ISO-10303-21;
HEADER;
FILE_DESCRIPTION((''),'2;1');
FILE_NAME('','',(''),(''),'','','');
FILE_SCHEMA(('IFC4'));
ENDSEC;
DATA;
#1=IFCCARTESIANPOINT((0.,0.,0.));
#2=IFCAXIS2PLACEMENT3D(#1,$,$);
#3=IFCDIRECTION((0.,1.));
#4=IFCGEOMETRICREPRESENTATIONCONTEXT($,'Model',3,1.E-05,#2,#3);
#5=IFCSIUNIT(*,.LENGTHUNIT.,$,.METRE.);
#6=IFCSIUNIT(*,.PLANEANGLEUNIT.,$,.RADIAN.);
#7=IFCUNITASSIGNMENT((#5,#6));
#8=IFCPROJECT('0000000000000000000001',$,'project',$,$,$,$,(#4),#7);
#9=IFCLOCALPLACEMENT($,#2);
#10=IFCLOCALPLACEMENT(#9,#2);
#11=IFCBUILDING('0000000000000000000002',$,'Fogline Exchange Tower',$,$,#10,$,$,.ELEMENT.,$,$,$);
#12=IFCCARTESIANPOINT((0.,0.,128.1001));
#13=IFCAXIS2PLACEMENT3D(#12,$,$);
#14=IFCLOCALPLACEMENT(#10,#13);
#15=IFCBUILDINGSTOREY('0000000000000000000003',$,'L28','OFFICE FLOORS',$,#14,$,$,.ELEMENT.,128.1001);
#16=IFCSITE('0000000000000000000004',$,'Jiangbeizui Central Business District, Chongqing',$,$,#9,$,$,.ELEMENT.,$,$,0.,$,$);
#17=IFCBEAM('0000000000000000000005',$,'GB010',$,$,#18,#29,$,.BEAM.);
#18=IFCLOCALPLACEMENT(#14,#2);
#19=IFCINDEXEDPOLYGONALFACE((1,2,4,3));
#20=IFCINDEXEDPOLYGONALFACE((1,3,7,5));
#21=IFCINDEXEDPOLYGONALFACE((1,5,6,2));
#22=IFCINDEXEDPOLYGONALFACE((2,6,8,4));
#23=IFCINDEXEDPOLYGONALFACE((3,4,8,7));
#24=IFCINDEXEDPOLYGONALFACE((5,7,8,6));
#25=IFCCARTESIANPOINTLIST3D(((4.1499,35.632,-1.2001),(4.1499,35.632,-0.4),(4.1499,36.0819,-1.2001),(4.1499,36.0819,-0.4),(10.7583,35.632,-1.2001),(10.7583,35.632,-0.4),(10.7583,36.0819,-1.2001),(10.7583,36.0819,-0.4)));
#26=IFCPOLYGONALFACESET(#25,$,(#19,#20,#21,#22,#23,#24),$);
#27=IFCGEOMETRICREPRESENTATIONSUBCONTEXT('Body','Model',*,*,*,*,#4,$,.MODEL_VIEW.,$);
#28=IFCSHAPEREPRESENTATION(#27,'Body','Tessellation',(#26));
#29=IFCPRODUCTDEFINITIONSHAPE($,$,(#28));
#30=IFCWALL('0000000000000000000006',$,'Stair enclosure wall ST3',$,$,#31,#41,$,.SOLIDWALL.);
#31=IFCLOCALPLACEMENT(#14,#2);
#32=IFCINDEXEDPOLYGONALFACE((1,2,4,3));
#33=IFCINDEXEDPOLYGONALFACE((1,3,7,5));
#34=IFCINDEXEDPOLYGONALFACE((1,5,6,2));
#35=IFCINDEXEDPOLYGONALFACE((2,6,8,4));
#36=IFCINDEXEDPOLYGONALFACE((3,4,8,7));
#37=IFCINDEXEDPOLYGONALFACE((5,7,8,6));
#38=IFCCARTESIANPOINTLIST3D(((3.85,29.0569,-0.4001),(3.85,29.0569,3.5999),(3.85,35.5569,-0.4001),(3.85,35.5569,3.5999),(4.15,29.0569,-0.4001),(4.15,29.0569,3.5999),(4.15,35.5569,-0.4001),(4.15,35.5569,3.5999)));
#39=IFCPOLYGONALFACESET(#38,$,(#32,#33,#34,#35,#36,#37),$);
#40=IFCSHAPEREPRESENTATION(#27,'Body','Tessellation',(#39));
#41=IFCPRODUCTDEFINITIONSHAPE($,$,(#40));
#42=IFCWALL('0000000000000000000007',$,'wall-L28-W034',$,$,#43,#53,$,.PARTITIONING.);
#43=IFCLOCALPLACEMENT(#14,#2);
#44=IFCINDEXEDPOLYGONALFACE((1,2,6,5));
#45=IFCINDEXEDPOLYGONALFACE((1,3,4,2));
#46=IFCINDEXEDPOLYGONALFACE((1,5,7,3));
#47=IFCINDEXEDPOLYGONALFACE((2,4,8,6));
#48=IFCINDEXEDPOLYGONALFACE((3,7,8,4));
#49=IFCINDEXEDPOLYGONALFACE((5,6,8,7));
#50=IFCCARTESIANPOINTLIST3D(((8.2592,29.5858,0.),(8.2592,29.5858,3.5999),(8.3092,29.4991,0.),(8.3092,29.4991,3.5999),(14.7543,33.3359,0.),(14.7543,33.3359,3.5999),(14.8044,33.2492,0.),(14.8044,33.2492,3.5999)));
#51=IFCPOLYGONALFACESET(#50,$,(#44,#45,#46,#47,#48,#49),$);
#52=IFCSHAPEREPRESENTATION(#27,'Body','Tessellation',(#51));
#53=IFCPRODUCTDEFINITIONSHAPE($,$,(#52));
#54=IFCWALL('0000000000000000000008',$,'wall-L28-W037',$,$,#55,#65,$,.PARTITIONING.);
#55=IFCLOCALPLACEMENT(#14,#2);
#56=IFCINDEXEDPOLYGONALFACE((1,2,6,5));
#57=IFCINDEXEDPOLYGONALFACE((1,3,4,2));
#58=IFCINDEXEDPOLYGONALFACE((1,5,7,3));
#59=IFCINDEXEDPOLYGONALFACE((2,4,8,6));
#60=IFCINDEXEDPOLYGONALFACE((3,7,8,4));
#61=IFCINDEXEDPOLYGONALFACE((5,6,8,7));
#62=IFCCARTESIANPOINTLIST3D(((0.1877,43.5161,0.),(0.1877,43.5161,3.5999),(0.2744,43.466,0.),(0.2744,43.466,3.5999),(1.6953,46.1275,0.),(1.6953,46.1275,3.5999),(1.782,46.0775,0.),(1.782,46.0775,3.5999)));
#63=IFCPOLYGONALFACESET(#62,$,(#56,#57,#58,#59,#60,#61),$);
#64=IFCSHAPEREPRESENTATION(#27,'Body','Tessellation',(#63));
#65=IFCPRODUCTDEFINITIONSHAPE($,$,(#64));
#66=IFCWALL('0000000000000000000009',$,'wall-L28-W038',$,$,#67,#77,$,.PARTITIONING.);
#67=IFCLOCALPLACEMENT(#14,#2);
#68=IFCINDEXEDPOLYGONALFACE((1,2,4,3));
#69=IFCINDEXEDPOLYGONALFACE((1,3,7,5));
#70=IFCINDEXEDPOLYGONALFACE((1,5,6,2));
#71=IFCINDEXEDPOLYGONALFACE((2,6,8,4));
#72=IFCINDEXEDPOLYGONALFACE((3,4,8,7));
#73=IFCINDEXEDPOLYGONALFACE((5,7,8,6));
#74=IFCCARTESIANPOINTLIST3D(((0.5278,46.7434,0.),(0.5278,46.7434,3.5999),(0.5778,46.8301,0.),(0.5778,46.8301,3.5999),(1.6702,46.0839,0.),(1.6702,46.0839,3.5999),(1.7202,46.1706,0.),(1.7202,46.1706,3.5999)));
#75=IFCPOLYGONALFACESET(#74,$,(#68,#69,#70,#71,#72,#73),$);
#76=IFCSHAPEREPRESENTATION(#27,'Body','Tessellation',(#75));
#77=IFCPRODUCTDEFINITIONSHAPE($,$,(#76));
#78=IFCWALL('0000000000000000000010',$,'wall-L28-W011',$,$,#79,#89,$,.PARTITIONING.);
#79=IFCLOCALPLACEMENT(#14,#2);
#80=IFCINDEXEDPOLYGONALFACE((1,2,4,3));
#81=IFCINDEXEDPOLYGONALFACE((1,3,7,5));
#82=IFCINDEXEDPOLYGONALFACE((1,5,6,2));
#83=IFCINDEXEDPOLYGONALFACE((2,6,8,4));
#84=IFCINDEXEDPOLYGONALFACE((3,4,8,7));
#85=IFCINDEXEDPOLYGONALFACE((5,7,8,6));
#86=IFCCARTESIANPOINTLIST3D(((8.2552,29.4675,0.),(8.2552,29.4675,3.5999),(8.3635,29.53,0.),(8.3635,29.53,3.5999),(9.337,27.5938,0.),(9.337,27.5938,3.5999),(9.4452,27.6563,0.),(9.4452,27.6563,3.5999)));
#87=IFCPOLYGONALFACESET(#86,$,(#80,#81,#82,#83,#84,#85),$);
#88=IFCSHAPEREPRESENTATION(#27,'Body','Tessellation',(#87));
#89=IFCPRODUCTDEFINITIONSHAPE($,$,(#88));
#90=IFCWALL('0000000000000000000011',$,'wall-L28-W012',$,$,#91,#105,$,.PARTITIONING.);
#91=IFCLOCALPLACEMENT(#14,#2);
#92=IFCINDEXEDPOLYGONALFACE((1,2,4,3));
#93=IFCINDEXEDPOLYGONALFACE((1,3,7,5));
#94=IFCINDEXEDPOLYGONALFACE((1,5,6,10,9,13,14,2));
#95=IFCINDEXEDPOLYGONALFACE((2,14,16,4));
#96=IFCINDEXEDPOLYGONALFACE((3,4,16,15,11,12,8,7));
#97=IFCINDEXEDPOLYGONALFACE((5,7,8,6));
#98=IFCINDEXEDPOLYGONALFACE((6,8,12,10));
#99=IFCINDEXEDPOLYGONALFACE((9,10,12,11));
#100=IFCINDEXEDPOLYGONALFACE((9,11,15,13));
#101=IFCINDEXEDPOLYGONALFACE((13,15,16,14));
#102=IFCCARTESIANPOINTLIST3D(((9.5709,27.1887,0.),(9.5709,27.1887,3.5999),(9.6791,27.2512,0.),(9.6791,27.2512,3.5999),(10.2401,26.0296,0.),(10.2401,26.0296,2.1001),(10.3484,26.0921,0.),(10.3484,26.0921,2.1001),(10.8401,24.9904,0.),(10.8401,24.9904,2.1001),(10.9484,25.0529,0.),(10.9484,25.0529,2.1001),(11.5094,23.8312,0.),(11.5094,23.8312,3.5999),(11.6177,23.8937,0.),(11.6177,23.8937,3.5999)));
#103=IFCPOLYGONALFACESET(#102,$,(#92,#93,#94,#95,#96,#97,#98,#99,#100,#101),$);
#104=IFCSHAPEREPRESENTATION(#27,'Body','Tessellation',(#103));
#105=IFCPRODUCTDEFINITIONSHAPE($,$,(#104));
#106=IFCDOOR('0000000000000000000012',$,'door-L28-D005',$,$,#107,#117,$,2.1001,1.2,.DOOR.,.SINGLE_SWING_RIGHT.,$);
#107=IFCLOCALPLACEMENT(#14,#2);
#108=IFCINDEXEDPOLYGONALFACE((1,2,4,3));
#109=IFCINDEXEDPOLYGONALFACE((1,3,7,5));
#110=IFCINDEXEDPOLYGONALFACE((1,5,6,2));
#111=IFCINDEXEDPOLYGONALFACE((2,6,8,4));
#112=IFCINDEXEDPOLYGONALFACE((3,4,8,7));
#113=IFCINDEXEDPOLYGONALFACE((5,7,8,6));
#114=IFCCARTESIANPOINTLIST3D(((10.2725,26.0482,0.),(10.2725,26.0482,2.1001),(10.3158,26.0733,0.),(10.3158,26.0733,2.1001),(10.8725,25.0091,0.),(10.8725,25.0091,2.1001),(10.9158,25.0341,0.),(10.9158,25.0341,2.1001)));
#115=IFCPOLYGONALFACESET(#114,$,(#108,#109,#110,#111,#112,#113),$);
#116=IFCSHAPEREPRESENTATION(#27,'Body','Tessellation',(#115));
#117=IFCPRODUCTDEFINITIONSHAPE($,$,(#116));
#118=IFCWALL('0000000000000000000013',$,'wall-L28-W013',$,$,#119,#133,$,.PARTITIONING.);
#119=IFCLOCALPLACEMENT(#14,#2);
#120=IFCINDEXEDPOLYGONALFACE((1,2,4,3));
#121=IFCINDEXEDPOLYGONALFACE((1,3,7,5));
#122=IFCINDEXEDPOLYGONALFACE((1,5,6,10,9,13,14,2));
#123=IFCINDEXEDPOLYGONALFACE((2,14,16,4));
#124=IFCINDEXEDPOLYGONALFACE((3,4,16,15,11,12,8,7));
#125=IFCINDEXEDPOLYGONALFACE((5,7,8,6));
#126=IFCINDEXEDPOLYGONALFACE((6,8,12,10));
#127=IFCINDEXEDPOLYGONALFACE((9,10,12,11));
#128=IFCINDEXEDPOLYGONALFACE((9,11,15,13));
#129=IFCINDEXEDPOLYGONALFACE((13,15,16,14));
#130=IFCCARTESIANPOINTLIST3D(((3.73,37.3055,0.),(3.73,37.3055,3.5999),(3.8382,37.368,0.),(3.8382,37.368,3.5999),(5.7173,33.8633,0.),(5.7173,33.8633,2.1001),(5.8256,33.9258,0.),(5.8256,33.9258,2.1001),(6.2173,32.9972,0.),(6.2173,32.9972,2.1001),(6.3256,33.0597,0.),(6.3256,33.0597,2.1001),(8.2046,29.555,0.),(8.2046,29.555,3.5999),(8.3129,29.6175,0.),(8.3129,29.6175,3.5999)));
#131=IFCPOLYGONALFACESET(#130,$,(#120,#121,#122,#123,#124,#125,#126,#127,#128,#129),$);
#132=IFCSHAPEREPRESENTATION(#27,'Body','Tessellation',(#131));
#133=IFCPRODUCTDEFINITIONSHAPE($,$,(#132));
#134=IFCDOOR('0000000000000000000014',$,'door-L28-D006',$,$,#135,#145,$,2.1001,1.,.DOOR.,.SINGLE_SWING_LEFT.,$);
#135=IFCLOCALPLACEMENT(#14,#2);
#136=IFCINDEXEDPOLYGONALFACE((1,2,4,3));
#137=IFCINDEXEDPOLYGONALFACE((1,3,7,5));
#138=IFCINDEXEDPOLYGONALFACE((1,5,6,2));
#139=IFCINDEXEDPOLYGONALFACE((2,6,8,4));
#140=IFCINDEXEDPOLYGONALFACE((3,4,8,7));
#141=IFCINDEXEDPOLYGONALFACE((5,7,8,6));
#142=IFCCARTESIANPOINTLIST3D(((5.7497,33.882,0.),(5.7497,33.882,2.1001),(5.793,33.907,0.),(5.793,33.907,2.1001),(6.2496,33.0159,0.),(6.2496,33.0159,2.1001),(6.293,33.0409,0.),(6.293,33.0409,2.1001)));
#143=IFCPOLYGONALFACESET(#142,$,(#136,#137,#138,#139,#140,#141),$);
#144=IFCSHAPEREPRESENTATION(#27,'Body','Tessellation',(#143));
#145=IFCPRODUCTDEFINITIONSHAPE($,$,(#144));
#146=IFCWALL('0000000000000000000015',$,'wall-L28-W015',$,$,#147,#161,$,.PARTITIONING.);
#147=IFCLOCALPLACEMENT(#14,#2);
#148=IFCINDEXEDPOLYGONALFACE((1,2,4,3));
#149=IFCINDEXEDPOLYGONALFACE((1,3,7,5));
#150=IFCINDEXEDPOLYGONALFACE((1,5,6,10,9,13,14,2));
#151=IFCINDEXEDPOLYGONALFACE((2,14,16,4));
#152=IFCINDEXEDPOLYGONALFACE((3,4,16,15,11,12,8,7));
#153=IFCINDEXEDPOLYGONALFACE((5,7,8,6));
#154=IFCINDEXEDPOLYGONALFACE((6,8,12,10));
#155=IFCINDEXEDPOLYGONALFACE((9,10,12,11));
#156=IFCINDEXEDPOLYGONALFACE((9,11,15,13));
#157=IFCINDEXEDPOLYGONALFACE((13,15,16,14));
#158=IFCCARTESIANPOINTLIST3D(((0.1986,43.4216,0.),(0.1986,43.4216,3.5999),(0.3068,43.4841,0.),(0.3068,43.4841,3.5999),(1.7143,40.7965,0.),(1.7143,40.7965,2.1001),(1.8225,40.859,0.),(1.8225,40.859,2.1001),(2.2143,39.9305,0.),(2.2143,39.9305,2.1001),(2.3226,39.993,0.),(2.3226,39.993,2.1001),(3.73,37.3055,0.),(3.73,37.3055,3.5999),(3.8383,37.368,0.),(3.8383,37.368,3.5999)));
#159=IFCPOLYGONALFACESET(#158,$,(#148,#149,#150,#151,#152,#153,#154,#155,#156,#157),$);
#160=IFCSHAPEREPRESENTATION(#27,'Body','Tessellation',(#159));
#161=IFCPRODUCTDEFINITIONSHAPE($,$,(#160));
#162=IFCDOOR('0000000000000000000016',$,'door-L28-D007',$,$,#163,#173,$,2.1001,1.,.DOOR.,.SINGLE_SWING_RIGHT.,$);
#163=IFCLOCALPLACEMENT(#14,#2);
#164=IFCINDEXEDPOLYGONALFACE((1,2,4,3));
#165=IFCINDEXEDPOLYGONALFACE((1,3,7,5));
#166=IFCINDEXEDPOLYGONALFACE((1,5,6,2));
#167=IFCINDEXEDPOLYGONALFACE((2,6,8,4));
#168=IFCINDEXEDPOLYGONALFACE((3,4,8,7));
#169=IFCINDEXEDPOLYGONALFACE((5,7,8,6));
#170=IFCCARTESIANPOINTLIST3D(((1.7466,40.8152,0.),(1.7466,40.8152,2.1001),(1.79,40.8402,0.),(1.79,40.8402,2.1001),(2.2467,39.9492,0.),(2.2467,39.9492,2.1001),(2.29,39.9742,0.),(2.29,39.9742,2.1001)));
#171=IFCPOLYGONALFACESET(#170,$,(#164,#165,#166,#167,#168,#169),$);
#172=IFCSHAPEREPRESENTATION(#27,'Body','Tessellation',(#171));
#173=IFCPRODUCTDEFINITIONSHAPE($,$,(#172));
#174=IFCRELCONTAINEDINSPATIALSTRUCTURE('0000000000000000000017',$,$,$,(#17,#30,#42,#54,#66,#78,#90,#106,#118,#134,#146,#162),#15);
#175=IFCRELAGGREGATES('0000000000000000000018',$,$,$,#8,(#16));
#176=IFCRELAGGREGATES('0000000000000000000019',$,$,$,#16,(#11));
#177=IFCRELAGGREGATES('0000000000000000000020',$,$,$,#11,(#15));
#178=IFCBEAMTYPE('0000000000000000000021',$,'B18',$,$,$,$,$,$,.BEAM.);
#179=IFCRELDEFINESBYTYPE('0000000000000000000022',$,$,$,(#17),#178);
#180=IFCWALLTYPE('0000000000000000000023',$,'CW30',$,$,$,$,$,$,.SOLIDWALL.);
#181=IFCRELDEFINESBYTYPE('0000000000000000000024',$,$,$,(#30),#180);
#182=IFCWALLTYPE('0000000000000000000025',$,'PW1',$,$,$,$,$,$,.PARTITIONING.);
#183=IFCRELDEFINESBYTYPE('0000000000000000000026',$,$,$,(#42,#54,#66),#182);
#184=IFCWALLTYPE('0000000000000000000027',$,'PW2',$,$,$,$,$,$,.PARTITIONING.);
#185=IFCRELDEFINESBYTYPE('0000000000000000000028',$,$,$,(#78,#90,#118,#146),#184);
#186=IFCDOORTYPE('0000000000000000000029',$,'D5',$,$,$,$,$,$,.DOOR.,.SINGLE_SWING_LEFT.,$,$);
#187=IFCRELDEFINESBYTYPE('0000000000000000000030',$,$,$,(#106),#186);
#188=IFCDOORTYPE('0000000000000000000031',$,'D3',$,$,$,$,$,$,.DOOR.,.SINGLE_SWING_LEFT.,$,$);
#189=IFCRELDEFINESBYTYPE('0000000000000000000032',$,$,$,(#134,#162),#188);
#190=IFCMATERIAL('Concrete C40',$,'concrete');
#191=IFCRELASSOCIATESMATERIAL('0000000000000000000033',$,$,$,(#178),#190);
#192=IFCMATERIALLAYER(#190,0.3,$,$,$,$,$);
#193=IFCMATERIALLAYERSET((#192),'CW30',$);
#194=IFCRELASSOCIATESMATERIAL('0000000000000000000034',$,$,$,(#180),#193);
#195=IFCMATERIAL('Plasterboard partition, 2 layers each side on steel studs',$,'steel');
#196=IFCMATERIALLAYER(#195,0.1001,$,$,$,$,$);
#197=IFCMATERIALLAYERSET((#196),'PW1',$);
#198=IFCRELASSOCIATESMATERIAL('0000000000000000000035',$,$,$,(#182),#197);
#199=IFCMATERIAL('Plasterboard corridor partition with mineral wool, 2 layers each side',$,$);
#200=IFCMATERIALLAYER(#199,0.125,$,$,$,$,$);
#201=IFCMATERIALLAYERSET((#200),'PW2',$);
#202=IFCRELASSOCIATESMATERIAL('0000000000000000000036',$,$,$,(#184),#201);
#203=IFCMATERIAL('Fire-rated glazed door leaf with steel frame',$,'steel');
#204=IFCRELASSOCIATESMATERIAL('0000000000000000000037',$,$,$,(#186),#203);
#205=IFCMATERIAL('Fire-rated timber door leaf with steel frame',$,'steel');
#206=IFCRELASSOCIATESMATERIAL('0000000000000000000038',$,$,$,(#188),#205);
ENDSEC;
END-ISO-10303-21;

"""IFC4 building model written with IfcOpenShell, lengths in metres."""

from ifc_helpers import new_model, si_unit, direction, frame, frame_2d, origin, origin_2d, place, context, subcontext, project, spatial, rectangle, extrude, material, layer, layer_set, material_profile, profile_set, type_object, element, fill, save


model = new_model("IFC4")

# Units and contexts
model_context = context("Model", 3, precision=1e-05, world=origin(), true_north=direction((0.0, 1.0)))
body_context = subcontext(model_context, "Body", "Model", "MODEL_VIEW")
ifc_project = project(units=[si_unit("LENGTHUNIT", "METRE"), si_unit("PLANEANGLEUNIT", "RADIAN")], contexts=[model_context])

# Site, building, storey
site_placement = place(None, origin())
site = spatial("IfcSite", under=ifc_project, at=site_placement, Name="Jiangbeizui Central Business District, Chongqing", CompositionType="ELEMENT", RefElevation=0.0)
building_placement = place(site_placement, origin())
building = spatial("IfcBuilding", under=site, at=building_placement, Name="Fogline Exchange Tower", CompositionType="ELEMENT")
storey_placement = place(building_placement, frame((0.0, 0.0, 128.1001)))
storey = spatial("IfcBuildingStorey", under=building, at=storey_placement, Name="L28", Description="OFFICE FLOORS", CompositionType="ELEMENT", Elevation=128.1001)

# Beam
ifc_material_1 = material(Name="Concrete C40", Category="concrete")
ifc_material_profile_1 = material_profile(ifc_material_1, rectangle(XDim=0.45, YDim=0.8, at=origin_2d()), Name="RC 450x800")
ifc_profile_set_1 = profile_set([ifc_material_profile_1], Name="Concrete C40")
beam_type_1 = type_object("IfcBeamType", Name="B18", PredefinedType="BEAM", material=ifc_profile_set_1)
beam_1_placement = place(storey_placement, frame((4.1499, 35.8569, -0.8), z_axis=(1.0, 0.0, 0.0), x_axis=(0.0, 1.0, 0.0)))
element("IfcBeam", 1, at=beam_1_placement, inside=storey, type_object=beam_type_1, Name="GB010", PredefinedType="BEAM", context=body_context, shape_type="SweptSolid", body=[
    extrude(rectangle(XDim=0.45, YDim=0.8, at=origin_2d()), origin(), (0.0, 0.0, 1.0), 6.6084),
])

# Wall
ifc_layer_1 = layer(ifc_material_1, 0.3)
ifc_layer_set_1 = layer_set([ifc_layer_1], Name="CW30")
wall_type_1 = type_object("IfcWallType", Name="CW30", PredefinedType="SOLIDWALL", material=ifc_layer_set_1)
wall_1_placement = place(storey_placement, frame((4.0, 29.0569, -0.4001), z_axis=(0.0, 0.0, 1.0), x_axis=(0.0, 1.0, 0.0)))
element("IfcWall", 2, at=wall_1_placement, inside=storey, type_object=wall_type_1, Name="Stair enclosure wall ST3", PredefinedType="SOLIDWALL", context=body_context, shape_type="SweptSolid", body=[
    extrude(rectangle(XDim=6.5, YDim=0.3, at=frame_2d((3.25, 0.0))), origin(), (0.0, 0.0, 1.0), 4.0),
])

# Walls
ifc_material_2 = material(Name="Plasterboard partition, 2 layers each side on steel studs", Category="steel")
ifc_layer_2 = layer(ifc_material_2, 0.1001)
ifc_layer_set_2 = layer_set([ifc_layer_2], Name="PW1")
wall_type_2 = type_object("IfcWallType", Name="PW1", PredefinedType="PARTITIONING", material=ifc_layer_set_2)
wall_2_placement = place(storey_placement, frame((8.2842, 29.5425, 0.0), z_axis=(0.0, 0.0, 1.0), x_axis=(0.866023, 0.500004, 0.0)))
element("IfcWall", 3, at=wall_2_placement, inside=storey, type_object=wall_type_2, Name="wall-L28-W034", PredefinedType="PARTITIONING", context=body_context, shape_type="SweptSolid", body=[
    extrude(rectangle(XDim=7.5, YDim=0.1001, at=frame_2d((3.75, 0.0))), origin(), (0.0, 0.0, 1.0), 3.5999),
])
wall_3_placement = place(storey_placement, frame((0.231, 43.491, 0.0), z_axis=(0.0, 0.0, 1.0), x_axis=(0.499979, 0.866037, 0.0)))
element("IfcWall", 4, at=wall_3_placement, inside=storey, type_object=wall_type_2, Name="wall-L28-W037", PredefinedType="PARTITIONING", context=body_context, shape_type="SweptSolid", body=[
    extrude(rectangle(XDim=3.0154, YDim=0.1001, at=frame_2d((1.5078, 0.0))), origin(), (0.0, 0.0, 1.0), 3.5999),
])
wall_4_placement = place(storey_placement, frame((1.6953, 46.1272, 0.0), z_axis=(0.0, 0.0, 1.0), x_axis=(-0.866059, 0.499941, 0.0)))
element("IfcWall", 5, at=wall_4_placement, inside=storey, type_object=wall_type_2, Name="wall-L28-W038", PredefinedType="PARTITIONING", context=body_context, shape_type="SweptSolid", body=[
    extrude(rectangle(XDim=1.3191, YDim=0.1001, at=frame_2d((0.6597, 0.0))), origin(), (0.0, 0.0, 1.0), 3.5999),
])
ifc_material_3 = material(Name="Plasterboard corridor partition with mineral wool, 2 layers each side")
ifc_layer_3 = layer(ifc_material_3, 0.125)
ifc_layer_set_3 = layer_set([ifc_layer_3], Name="PW2")
wall_type_3 = type_object("IfcWallType", Name="PW2", PredefinedType="PARTITIONING", material=ifc_layer_set_3)
wall_5_placement = place(storey_placement, frame((8.3093, 29.4988, 0.0), z_axis=(0.0, 0.0, 1.0), x_axis=(0.499986, -0.866033, 0.0)))
element("IfcWall", 6, at=wall_5_placement, inside=storey, type_object=wall_type_3, Name="wall-L28-W011", PredefinedType="PARTITIONING", context=body_context, shape_type="SweptSolid", body=[
    extrude(rectangle(XDim=2.1636, YDim=0.125, at=frame_2d((1.0818, 0.0))), origin(), (0.0, 0.0, 1.0), 3.5999),
])

# Walls, openings, doors
wall_6_placement = place(storey_placement, frame((9.625, 27.22, 0.0), z_axis=(0.0, 0.0, 1.0), x_axis=(0.500013, -0.866018, 0.0)))
wall_6 = element("IfcWall", 7, at=wall_6_placement, inside=storey, type_object=wall_type_3, Name="wall-L28-W012", PredefinedType="PARTITIONING", context=body_context, shape_type="SweptSolid", body=[
    extrude(rectangle(XDim=3.877, YDim=0.125, at=frame_2d((1.9385, 0.0))), origin(), (0.0, 0.0, 1.0), 3.5999),
])
opening_1_placement = place(wall_6_placement, frame((1.3384, 0.0, 0.0)))
opening_1 = element("IfcOpeningElement", 8, at=opening_1_placement, cuts=wall_6, PredefinedType="OPENING", context=body_context, shape_type="SweptSolid", body=[
    extrude(rectangle(XDim=1.2, YDim=2.1001, at=frame_2d((0.6001, 1.05))), frame((0.0, 0.0725, 0.0), z_axis=(0.0, -1.0, 0.0), x_axis=(1.0, 0.0, 0.0)), (0.0, 0.0, 1.0), 0.145),
])
ifc_material_4 = material(Name="Fire-rated glazed door leaf with steel frame", Category="steel")
door_type_1 = type_object("IfcDoorType", Name="D5", OperationType="SINGLE_SWING_LEFT", PredefinedType="DOOR", material=ifc_material_4)
door_1_placement = place(opening_1_placement, origin())
door_1 = element("IfcDoor", 9, at=door_1_placement, inside=storey, type_object=door_type_1, Name="door-L28-D005", OperationType="SINGLE_SWING_RIGHT", OverallHeight=2.1001, OverallWidth=1.2, PredefinedType="DOOR", context=body_context, shape_type="SweptSolid", body=[
    extrude(rectangle(XDim=1.2, YDim=2.1001, at=frame_2d((0.6001, 1.05))), frame((0.0, 0.0249, 0.0), z_axis=(0.0, -1.0, 0.0), x_axis=(1.0, 0.0, 0.0)), (0.0, 0.0, 1.0), 0.05),
])
fill(opening_1, door_1)
wall_7_placement = place(storey_placement, frame((3.7842, 37.3367, 0.0), z_axis=(0.0, 0.0, 1.0), x_axis=(0.499989, -0.866032, 0.0)))
wall_7 = element("IfcWall", 10, at=wall_7_placement, inside=storey, type_object=wall_type_3, Name="wall-L28-W013", PredefinedType="PARTITIONING", context=body_context, shape_type="SweptSolid", body=[
    extrude(rectangle(XDim=8.9495, YDim=0.125, at=frame_2d((4.4746, 0.0))), origin(), (0.0, 0.0, 1.0), 3.5999),
])
opening_2_placement = place(wall_7_placement, frame((3.9746, 0.0, 0.0)))
opening_2 = element("IfcOpeningElement", 11, at=opening_2_placement, cuts=wall_7, PredefinedType="OPENING", context=body_context, shape_type="SweptSolid", body=[
    extrude(rectangle(XDim=1.0, YDim=2.1001, at=frame_2d((0.5, 1.05))), frame((0.0, 0.0725, 0.0), z_axis=(0.0, -1.0, 0.0), x_axis=(1.0, 0.0, 0.0)), (0.0, 0.0, 1.0), 0.145),
])
ifc_material_5 = material(Name="Fire-rated timber door leaf with steel frame", Category="steel")
door_type_2 = type_object("IfcDoorType", Name="D3", OperationType="SINGLE_SWING_LEFT", PredefinedType="DOOR", material=ifc_material_5)
door_2_placement = place(opening_2_placement, origin())
door_2 = element("IfcDoor", 12, at=door_2_placement, inside=storey, type_object=door_type_2, Name="door-L28-D006", OperationType="SINGLE_SWING_LEFT", OverallHeight=2.1001, OverallWidth=1.0, PredefinedType="DOOR", context=body_context, shape_type="SweptSolid", body=[
    extrude(rectangle(XDim=1.0, YDim=2.1001, at=frame_2d((0.5, 1.05))), frame((0.0, 0.0249, 0.0), z_axis=(0.0, -1.0, 0.0), x_axis=(1.0, 0.0, 0.0)), (0.0, 0.0, 1.0), 0.05),
])
fill(opening_2, door_2)
wall_8_placement = place(storey_placement, frame((0.2527, 43.4529, 0.0), z_axis=(0.0, 0.0, 1.0), x_axis=(0.500032, -0.866007, 0.0)))
wall_8 = element("IfcWall", 13, at=wall_8_placement, inside=storey, type_object=wall_type_3, Name="wall-L28-W015", PredefinedType="PARTITIONING", context=body_context, shape_type="SweptSolid", body=[
    extrude(rectangle(XDim=7.0625, YDim=0.125, at=frame_2d((3.5312, 0.0))), origin(), (0.0, 0.0, 1.0), 3.5999),
])
opening_3_placement = place(wall_8_placement, frame((3.0312, 0.0, 0.0)))
opening_3 = element("IfcOpeningElement", 14, at=opening_3_placement, cuts=wall_8, PredefinedType="OPENING", context=body_context, shape_type="SweptSolid", body=[
    extrude(rectangle(XDim=1.0, YDim=2.1001, at=frame_2d((0.5, 1.05))), frame((0.0, 0.0725, 0.0), z_axis=(0.0, -1.0, 0.0), x_axis=(1.0, 0.0, 0.0)), (0.0, 0.0, 1.0), 0.145),
])
door_3_placement = place(opening_3_placement, origin())
door_3 = element("IfcDoor", 15, at=door_3_placement, inside=storey, type_object=door_type_2, Name="door-L28-D007", OperationType="SINGLE_SWING_RIGHT", OverallHeight=2.1001, OverallWidth=1.0, PredefinedType="DOOR", context=body_context, shape_type="SweptSolid", body=[
    extrude(rectangle(XDim=1.0, YDim=2.1001, at=frame_2d((0.5, 1.05))), frame((0.0, 0.0249, 0.0), z_axis=(0.0, -1.0, 0.0), x_axis=(1.0, 0.0, 0.0)), (0.0, 0.0, 1.0), 0.05),
])
fill(opening_3, door_3)

save(model, "model.ifc")
